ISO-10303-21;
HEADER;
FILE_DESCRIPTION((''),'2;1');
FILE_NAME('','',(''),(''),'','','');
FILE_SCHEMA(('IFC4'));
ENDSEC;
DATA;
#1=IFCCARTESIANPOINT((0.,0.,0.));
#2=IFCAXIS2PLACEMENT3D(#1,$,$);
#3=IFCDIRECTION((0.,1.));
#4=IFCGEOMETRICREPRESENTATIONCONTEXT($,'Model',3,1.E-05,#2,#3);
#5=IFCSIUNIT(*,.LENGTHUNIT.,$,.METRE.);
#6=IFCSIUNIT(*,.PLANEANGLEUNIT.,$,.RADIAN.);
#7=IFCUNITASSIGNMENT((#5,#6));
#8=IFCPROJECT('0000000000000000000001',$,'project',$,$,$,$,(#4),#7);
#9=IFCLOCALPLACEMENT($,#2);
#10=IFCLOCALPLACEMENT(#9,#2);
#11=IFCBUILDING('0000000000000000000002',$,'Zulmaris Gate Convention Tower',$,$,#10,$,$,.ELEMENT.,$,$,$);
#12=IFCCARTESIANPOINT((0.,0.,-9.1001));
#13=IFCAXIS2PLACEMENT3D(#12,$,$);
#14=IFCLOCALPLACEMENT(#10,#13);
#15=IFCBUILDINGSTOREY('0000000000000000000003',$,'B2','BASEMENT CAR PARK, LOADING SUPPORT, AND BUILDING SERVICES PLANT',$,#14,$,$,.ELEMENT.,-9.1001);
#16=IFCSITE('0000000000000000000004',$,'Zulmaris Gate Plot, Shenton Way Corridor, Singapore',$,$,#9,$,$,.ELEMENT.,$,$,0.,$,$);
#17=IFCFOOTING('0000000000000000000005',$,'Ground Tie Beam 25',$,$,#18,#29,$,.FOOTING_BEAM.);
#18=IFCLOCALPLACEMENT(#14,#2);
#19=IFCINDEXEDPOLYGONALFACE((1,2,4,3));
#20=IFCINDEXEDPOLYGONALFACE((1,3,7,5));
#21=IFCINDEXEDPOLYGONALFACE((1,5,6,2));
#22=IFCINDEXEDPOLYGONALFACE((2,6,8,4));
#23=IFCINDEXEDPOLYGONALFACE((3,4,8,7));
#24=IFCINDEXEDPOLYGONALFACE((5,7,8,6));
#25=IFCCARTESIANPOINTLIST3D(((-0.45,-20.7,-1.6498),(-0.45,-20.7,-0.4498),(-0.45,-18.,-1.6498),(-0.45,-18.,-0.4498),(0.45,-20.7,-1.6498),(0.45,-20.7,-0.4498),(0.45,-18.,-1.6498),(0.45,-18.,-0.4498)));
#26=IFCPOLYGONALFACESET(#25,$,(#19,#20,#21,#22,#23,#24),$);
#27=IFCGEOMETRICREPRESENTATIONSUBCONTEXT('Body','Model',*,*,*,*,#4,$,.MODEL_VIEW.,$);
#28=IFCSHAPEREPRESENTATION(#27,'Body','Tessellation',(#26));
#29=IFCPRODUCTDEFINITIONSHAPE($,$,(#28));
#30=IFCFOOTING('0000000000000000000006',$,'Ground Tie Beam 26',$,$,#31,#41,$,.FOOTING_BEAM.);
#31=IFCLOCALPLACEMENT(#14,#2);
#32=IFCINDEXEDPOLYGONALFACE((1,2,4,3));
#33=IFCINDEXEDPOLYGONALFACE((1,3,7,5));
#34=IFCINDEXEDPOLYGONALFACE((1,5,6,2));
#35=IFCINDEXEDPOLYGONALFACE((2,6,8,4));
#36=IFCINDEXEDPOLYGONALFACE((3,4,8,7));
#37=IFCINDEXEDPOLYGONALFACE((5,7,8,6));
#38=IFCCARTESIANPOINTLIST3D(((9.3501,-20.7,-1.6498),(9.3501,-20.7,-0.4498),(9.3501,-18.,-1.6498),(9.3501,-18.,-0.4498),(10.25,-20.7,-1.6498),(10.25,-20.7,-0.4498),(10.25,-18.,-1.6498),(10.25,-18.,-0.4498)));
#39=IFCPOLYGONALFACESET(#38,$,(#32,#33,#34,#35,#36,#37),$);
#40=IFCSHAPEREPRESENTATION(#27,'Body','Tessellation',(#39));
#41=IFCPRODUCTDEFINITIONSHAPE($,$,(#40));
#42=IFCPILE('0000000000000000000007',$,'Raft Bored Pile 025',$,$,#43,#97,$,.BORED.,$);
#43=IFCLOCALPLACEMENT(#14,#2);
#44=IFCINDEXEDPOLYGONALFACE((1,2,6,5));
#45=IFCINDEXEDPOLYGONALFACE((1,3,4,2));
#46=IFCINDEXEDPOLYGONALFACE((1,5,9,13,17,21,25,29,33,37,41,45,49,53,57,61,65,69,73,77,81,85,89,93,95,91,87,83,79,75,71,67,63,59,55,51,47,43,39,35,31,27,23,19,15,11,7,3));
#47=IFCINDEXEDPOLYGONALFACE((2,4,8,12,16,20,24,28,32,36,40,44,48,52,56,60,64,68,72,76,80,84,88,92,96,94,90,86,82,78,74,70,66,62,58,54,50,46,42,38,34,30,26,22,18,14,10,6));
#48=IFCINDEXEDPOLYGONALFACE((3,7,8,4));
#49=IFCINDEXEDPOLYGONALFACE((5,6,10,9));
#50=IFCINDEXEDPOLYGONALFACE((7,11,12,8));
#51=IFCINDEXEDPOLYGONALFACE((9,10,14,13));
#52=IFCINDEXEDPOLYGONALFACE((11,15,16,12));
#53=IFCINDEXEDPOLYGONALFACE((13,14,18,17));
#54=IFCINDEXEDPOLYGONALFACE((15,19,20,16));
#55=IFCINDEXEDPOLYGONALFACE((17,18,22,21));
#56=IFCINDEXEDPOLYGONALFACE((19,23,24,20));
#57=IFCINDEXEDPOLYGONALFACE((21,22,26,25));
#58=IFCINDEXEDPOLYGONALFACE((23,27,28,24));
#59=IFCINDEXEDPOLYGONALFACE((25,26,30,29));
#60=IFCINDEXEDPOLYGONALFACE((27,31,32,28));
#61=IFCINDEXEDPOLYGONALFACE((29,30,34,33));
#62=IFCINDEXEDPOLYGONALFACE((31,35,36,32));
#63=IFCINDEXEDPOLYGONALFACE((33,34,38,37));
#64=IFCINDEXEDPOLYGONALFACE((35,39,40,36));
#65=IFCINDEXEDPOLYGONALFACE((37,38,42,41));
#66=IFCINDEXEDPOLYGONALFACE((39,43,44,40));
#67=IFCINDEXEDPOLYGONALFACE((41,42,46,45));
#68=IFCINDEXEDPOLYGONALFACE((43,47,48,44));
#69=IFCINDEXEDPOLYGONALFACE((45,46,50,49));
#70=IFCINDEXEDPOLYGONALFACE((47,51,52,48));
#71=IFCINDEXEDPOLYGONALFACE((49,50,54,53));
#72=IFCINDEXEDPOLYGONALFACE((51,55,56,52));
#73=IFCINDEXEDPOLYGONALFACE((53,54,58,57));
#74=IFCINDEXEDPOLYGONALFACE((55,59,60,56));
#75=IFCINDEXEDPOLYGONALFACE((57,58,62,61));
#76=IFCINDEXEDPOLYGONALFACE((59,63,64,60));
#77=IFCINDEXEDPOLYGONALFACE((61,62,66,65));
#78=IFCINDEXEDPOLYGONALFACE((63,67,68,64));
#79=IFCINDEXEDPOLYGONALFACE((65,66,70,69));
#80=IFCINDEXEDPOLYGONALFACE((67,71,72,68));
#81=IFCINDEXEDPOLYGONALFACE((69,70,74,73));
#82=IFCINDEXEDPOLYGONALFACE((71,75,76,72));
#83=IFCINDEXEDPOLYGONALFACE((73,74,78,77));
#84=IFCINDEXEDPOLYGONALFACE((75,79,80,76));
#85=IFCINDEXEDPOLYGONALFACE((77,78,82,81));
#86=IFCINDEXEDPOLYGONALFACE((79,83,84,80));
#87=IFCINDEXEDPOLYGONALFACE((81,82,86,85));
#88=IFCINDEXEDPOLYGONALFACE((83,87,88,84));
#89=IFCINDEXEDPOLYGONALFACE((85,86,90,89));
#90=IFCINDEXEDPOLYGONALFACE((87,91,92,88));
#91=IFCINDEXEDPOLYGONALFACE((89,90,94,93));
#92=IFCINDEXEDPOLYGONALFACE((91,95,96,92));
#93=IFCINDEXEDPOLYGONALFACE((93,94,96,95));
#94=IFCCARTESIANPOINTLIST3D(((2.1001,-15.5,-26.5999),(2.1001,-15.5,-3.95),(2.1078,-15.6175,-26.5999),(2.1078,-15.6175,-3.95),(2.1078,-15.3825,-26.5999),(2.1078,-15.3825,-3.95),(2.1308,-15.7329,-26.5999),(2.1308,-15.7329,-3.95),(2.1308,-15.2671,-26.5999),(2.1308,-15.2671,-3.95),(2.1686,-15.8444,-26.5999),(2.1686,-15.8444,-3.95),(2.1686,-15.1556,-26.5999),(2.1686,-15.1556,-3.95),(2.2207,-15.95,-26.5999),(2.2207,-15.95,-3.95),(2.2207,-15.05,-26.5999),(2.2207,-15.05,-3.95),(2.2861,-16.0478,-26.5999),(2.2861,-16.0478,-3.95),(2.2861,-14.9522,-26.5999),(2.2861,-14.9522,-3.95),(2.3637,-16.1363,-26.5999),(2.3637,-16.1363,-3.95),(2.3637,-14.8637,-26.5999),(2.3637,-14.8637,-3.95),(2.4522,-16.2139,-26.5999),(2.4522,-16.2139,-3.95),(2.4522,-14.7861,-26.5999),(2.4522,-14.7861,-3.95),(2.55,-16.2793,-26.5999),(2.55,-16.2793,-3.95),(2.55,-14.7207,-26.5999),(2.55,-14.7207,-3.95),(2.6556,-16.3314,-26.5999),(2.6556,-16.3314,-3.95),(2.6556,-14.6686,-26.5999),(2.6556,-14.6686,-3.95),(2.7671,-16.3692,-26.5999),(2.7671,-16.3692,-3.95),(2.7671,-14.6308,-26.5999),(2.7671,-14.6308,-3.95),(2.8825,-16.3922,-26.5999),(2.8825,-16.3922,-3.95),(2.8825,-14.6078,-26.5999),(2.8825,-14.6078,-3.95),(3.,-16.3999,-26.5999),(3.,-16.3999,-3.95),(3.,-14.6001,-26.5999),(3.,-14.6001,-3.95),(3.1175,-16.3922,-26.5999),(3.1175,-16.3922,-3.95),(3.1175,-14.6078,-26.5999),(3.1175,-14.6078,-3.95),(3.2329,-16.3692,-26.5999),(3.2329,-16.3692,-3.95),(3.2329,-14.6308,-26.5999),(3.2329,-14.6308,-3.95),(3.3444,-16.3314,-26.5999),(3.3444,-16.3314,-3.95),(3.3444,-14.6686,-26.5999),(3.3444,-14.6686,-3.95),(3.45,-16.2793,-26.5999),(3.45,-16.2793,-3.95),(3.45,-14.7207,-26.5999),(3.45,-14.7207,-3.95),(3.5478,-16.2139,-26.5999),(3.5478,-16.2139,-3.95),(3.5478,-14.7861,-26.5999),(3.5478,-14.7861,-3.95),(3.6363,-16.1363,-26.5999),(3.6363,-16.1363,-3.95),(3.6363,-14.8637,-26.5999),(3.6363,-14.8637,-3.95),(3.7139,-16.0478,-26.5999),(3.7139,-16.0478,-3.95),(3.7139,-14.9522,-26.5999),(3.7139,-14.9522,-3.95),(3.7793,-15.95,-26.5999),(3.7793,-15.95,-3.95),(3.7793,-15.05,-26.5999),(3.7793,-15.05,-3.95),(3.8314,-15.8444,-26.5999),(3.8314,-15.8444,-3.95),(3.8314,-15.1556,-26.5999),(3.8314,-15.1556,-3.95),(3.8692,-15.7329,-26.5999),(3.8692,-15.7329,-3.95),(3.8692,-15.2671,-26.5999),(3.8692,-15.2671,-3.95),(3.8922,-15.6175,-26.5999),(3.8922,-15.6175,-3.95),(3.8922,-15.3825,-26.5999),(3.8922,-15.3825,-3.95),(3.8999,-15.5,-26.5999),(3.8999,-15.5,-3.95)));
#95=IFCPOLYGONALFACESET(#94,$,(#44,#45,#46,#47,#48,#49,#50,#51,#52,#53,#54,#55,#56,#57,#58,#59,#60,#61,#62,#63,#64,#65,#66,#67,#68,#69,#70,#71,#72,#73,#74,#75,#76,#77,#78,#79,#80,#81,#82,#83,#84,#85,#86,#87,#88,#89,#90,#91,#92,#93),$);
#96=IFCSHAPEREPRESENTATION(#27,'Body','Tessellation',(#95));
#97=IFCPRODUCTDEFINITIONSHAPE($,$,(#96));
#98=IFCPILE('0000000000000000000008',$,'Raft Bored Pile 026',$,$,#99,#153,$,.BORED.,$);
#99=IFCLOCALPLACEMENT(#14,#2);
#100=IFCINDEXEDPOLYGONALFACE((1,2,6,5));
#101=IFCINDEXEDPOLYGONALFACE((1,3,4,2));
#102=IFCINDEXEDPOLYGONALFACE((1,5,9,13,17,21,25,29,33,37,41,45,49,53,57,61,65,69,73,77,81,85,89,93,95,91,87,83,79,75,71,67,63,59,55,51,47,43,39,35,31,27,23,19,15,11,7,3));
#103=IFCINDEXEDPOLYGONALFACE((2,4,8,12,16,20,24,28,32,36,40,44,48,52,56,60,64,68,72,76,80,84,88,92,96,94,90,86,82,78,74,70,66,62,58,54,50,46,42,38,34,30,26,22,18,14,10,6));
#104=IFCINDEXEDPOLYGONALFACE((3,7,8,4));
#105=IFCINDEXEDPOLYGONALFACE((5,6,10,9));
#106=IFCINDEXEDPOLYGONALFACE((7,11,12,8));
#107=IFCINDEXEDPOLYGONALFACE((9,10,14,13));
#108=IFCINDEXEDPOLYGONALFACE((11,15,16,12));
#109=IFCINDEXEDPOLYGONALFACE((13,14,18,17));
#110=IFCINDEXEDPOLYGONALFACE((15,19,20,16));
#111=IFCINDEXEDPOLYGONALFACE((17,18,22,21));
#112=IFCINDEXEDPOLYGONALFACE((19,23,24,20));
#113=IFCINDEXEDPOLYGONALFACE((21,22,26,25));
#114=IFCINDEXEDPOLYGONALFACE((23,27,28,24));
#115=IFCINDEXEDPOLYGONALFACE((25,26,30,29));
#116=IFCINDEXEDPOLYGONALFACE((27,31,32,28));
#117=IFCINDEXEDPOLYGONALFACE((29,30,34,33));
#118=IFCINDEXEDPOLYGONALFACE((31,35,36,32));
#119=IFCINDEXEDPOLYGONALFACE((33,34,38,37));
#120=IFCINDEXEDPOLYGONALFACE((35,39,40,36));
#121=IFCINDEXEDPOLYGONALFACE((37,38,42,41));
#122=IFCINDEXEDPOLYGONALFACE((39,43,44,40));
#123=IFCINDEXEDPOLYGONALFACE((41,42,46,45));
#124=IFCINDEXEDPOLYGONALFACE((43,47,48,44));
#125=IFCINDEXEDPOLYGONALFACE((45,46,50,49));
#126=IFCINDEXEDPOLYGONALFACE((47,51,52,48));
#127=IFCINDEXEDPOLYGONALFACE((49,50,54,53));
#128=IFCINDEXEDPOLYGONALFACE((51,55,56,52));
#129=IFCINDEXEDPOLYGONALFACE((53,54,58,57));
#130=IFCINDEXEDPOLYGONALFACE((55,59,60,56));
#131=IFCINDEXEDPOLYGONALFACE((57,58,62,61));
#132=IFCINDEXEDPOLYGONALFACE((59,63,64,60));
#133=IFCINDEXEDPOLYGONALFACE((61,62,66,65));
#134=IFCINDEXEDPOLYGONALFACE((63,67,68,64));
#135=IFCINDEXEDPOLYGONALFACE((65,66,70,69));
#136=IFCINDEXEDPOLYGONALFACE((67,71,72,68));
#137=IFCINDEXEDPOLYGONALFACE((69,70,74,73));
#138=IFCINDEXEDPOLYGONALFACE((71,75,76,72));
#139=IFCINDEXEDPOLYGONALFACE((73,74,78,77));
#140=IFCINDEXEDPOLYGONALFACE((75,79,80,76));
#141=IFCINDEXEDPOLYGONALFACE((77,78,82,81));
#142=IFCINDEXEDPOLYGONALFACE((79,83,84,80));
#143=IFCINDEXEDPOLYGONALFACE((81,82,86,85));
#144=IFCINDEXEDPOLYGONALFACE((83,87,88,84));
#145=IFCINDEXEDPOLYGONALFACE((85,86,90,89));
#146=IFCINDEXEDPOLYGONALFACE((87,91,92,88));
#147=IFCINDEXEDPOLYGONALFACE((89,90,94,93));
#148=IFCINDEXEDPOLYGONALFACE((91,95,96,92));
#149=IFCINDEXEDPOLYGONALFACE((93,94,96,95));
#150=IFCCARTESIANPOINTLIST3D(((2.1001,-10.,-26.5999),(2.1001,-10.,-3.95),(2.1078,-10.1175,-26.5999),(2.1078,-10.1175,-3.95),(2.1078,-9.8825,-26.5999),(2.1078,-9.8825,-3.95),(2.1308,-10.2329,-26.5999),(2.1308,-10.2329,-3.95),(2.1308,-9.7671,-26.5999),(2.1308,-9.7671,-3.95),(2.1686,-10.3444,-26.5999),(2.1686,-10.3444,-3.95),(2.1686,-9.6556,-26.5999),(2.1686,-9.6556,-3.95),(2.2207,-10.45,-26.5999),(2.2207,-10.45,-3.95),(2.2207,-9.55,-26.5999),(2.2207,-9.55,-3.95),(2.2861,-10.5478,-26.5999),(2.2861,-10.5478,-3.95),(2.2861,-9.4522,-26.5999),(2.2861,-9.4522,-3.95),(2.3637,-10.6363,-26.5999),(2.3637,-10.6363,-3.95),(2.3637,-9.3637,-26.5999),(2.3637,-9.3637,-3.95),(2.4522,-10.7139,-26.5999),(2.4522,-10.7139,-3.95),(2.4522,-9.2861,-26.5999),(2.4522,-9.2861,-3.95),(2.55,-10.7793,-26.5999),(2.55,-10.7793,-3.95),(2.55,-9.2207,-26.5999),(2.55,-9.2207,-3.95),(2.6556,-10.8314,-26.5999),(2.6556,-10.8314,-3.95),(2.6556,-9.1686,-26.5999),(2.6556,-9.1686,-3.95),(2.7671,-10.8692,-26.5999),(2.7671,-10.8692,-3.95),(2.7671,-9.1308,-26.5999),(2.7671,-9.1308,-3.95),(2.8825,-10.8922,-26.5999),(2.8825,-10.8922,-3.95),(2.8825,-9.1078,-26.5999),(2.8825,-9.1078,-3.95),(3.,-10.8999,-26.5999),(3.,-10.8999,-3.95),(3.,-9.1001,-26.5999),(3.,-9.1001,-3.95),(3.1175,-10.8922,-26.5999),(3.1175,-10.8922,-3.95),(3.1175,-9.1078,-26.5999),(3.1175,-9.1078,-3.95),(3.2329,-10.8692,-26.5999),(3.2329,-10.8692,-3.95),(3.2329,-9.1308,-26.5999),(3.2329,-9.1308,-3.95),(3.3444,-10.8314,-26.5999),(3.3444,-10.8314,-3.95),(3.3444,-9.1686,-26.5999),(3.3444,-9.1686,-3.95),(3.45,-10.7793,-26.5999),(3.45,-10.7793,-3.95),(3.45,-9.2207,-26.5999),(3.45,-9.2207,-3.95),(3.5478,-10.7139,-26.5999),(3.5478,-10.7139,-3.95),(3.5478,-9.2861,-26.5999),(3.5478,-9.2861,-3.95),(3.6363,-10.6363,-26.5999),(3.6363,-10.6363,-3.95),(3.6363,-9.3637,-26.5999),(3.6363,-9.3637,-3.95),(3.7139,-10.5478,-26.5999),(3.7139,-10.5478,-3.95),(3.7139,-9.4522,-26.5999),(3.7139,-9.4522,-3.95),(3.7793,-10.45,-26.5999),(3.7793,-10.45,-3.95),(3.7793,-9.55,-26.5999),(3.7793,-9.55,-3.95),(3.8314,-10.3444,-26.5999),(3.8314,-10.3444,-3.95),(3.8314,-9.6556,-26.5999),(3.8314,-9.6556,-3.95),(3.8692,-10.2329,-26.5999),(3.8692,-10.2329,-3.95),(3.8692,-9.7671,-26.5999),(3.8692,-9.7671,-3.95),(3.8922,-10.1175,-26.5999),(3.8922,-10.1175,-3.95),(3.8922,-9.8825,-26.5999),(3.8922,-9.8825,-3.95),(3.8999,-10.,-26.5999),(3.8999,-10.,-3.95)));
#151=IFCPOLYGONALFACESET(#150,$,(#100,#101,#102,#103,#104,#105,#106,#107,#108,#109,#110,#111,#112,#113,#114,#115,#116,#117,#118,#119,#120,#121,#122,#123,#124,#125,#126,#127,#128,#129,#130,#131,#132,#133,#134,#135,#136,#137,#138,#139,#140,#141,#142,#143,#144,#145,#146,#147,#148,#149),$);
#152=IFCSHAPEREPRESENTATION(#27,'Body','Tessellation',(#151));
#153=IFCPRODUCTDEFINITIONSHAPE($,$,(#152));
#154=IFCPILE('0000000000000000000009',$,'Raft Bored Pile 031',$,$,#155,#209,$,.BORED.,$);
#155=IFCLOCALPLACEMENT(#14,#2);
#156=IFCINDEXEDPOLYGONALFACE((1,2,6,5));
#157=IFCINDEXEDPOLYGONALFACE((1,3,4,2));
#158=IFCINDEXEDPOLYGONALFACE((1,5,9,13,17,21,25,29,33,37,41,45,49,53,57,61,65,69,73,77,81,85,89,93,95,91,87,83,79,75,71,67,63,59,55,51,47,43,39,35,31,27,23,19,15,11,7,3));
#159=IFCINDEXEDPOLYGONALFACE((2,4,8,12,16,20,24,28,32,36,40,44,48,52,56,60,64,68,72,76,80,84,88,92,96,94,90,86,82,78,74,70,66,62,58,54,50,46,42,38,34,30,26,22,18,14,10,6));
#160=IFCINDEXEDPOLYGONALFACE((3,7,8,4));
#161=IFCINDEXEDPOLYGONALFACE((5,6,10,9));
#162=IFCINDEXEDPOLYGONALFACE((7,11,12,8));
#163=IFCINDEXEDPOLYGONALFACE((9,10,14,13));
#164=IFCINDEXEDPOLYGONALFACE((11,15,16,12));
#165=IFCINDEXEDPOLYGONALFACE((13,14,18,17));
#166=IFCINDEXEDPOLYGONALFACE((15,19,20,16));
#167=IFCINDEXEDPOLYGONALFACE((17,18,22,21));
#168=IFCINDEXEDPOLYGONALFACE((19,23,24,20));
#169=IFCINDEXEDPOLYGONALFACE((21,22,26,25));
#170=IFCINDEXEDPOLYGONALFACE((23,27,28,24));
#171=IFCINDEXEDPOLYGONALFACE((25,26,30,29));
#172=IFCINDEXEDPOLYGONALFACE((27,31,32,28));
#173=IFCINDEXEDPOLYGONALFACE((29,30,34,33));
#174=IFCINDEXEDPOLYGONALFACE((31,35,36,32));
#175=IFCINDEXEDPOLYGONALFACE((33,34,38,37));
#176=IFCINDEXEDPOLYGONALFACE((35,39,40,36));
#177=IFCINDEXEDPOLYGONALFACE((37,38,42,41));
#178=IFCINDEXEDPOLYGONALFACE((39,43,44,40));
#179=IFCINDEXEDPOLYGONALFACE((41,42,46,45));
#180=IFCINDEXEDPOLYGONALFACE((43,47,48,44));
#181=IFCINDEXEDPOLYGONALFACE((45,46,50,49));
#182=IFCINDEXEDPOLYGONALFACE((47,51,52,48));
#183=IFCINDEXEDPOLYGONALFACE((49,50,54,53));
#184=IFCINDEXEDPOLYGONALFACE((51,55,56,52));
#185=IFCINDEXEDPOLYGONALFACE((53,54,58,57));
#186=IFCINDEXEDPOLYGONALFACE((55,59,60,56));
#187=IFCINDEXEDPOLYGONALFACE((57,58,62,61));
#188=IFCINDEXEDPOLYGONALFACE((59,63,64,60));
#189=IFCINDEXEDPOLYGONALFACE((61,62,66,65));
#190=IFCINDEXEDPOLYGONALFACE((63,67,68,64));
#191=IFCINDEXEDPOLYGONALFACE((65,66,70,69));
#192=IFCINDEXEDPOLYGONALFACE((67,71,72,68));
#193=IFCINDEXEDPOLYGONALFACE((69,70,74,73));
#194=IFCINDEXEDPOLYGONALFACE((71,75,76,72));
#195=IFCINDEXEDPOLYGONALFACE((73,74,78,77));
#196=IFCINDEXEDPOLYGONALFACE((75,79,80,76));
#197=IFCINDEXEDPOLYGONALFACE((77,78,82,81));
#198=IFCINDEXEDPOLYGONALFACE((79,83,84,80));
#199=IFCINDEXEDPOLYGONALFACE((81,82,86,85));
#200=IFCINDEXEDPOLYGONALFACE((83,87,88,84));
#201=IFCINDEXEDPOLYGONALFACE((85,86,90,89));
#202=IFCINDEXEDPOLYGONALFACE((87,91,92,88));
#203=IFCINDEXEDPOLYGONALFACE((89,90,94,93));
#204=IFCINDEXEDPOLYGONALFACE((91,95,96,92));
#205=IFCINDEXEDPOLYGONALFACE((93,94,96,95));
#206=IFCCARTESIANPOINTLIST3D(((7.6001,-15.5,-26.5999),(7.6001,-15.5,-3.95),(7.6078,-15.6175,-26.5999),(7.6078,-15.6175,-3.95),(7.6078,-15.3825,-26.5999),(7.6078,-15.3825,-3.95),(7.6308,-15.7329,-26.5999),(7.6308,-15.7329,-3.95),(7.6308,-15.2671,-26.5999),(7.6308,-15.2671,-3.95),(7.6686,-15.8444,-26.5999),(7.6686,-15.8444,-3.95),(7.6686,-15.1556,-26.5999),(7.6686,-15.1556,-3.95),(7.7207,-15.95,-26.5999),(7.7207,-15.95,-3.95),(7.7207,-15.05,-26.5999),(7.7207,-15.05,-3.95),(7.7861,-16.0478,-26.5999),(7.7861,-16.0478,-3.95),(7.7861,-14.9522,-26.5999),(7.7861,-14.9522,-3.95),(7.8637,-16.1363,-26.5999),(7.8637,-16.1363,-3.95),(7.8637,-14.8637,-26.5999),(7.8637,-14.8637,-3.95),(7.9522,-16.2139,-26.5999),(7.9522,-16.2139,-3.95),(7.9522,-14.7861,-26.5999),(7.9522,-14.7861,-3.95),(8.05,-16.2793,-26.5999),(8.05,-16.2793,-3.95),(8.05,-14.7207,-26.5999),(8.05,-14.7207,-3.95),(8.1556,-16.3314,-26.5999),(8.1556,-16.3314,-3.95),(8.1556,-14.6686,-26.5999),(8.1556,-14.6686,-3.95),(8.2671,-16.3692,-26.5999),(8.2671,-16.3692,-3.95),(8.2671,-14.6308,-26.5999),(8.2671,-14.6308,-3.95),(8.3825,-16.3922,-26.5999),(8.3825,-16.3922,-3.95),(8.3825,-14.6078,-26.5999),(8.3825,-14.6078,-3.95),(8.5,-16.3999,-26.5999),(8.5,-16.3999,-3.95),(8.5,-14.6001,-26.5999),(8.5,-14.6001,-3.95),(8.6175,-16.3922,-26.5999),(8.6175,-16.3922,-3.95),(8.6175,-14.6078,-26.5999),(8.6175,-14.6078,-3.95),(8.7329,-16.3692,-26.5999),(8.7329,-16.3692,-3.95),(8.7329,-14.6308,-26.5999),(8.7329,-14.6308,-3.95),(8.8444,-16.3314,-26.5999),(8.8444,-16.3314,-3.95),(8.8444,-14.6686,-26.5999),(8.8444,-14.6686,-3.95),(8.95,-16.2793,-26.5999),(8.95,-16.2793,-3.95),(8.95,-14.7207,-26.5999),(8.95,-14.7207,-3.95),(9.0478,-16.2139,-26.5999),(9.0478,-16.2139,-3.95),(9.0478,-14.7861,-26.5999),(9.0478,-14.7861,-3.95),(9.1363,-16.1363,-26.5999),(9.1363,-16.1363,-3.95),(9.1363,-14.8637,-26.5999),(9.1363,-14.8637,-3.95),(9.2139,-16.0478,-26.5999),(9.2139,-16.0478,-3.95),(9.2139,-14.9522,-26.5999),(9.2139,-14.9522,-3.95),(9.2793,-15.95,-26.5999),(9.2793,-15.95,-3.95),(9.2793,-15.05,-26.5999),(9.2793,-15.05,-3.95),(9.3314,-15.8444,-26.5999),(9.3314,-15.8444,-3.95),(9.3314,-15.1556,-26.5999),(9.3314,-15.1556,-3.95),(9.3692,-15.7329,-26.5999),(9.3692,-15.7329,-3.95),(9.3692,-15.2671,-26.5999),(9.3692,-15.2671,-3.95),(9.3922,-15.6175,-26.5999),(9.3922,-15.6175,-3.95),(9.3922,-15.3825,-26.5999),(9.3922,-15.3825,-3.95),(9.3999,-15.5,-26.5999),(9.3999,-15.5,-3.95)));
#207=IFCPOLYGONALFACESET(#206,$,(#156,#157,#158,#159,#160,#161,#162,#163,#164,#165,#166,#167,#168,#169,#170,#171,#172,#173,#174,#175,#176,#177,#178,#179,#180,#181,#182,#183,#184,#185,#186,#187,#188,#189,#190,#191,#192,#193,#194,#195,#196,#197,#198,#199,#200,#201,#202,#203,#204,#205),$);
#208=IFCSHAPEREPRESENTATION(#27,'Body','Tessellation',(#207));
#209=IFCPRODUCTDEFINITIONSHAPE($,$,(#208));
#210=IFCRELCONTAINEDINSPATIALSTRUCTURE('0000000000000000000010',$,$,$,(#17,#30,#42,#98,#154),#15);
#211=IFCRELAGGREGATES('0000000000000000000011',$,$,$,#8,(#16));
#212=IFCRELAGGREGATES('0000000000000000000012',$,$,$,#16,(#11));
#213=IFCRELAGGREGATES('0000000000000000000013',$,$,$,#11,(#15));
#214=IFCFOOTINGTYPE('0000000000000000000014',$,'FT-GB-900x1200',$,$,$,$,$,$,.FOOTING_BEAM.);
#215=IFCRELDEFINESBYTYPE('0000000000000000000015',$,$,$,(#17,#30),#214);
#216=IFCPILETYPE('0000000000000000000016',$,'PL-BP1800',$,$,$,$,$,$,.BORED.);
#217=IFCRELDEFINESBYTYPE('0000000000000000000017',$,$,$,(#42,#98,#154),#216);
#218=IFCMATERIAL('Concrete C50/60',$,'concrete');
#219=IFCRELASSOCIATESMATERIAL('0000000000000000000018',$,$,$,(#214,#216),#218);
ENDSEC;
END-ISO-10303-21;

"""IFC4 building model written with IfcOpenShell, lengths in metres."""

from ifc_helpers import new_model, si_unit, direction, frame, origin, origin_2d, place, context, subcontext, project, spatial, rectangle, circle, extrude, material, material_profile, profile_set, type_object, element, save


model = new_model("IFC4")

# Units and contexts
model_context = context("Model", 3, precision=1e-05, world=origin(), true_north=direction((0.0, 1.0)))
body_context = subcontext(model_context, "Body", "Model", "MODEL_VIEW")
ifc_project = project(units=[si_unit("LENGTHUNIT", "METRE"), si_unit("PLANEANGLEUNIT", "RADIAN")], contexts=[model_context])

# Site, building, storey
site_placement = place(None, origin())
site = spatial("IfcSite", under=ifc_project, at=site_placement, Name="Zulmaris Gate Plot, Shenton Way Corridor, Singapore", CompositionType="ELEMENT", RefElevation=0.0)
building_placement = place(site_placement, origin())
building = spatial("IfcBuilding", under=site, at=building_placement, Name="Zulmaris Gate Convention Tower", CompositionType="ELEMENT")
storey_placement = place(building_placement, frame((0.0, 0.0, -9.1001)))
storey = spatial("IfcBuildingStorey", under=building, at=storey_placement, Name="B2", Description="BASEMENT CAR PARK, LOADING SUPPORT, AND BUILDING SERVICES PLANT", CompositionType="ELEMENT", Elevation=-9.1001)

# Footings
ifc_material_1 = material(Name="Concrete C50/60", Category="concrete")
ifc_material_profile_1 = material_profile(ifc_material_1, rectangle(XDim=0.8999, YDim=1.2, at=origin_2d()), Name="RC TIE 900x1200")
ifc_profile_set_1 = profile_set([ifc_material_profile_1], Name="Concrete C50/60")
footing_type = type_object("IfcFootingType", Name="FT-GB-900x1200", PredefinedType="FOOTING_BEAM", material=ifc_profile_set_1)
for number, where, z_axis, x_axis, name in (
    (1, (0.0, -20.7, -1.0498), (0.0, 1.0, 0.0), (-1.0, 0.0, 0.0), "Ground Tie Beam 25"),
    (2, (9.8, -20.7, -1.0498), (0.0, 1.0, 0.0), (-1.0, 0.0, 0.0), "Ground Tie Beam 26"),
):
    element("IfcFooting", number, at=place(storey_placement, frame(where, z_axis=z_axis, x_axis=x_axis)), inside=storey, type_object=footing_type, Name=name, PredefinedType="FOOTING_BEAM", context=body_context, shape_type="SweptSolid", body=[
        extrude(rectangle(XDim=0.8999, YDim=1.2, at=origin_2d()), origin(), (0.0, 0.0, 1.0), 2.7),
    ])

# Piles
ifc_material_profile_2 = material_profile(ifc_material_1, circle(Radius=0.8999, at=origin_2d()), Name="BORED PILE 1800")
ifc_profile_set_2 = profile_set([ifc_material_profile_2], Name="Concrete C50/60")
pile_type = type_object("IfcPileType", Name="PL-BP1800", PredefinedType="BORED", material=ifc_profile_set_2)
for number, where, z_axis, x_axis, name in (
    (3, (3.0, -15.5, -3.95), (0.0, 0.0, -1.0), (1.0, 0.0, 0.0), "Raft Bored Pile 025"),
    (4, (3.0, -10.0, -3.95), (0.0, 0.0, -1.0), (1.0, 0.0, 0.0), "Raft Bored Pile 026"),
    (5, (8.5, -15.5, -3.95), (0.0, 0.0, -1.0), (1.0, 0.0, 0.0), "Raft Bored Pile 031"),
):
    element("IfcPile", number, at=place(storey_placement, frame(where, z_axis=z_axis, x_axis=x_axis)), inside=storey, type_object=pile_type, Name=name, PredefinedType="BORED", context=body_context, shape_type="SweptSolid", body=[
        extrude(circle(Radius=0.8999, at=origin_2d()), origin(), (0.0, 0.0, 1.0), 22.6499),
    ])

save(model, "model.ifc")
